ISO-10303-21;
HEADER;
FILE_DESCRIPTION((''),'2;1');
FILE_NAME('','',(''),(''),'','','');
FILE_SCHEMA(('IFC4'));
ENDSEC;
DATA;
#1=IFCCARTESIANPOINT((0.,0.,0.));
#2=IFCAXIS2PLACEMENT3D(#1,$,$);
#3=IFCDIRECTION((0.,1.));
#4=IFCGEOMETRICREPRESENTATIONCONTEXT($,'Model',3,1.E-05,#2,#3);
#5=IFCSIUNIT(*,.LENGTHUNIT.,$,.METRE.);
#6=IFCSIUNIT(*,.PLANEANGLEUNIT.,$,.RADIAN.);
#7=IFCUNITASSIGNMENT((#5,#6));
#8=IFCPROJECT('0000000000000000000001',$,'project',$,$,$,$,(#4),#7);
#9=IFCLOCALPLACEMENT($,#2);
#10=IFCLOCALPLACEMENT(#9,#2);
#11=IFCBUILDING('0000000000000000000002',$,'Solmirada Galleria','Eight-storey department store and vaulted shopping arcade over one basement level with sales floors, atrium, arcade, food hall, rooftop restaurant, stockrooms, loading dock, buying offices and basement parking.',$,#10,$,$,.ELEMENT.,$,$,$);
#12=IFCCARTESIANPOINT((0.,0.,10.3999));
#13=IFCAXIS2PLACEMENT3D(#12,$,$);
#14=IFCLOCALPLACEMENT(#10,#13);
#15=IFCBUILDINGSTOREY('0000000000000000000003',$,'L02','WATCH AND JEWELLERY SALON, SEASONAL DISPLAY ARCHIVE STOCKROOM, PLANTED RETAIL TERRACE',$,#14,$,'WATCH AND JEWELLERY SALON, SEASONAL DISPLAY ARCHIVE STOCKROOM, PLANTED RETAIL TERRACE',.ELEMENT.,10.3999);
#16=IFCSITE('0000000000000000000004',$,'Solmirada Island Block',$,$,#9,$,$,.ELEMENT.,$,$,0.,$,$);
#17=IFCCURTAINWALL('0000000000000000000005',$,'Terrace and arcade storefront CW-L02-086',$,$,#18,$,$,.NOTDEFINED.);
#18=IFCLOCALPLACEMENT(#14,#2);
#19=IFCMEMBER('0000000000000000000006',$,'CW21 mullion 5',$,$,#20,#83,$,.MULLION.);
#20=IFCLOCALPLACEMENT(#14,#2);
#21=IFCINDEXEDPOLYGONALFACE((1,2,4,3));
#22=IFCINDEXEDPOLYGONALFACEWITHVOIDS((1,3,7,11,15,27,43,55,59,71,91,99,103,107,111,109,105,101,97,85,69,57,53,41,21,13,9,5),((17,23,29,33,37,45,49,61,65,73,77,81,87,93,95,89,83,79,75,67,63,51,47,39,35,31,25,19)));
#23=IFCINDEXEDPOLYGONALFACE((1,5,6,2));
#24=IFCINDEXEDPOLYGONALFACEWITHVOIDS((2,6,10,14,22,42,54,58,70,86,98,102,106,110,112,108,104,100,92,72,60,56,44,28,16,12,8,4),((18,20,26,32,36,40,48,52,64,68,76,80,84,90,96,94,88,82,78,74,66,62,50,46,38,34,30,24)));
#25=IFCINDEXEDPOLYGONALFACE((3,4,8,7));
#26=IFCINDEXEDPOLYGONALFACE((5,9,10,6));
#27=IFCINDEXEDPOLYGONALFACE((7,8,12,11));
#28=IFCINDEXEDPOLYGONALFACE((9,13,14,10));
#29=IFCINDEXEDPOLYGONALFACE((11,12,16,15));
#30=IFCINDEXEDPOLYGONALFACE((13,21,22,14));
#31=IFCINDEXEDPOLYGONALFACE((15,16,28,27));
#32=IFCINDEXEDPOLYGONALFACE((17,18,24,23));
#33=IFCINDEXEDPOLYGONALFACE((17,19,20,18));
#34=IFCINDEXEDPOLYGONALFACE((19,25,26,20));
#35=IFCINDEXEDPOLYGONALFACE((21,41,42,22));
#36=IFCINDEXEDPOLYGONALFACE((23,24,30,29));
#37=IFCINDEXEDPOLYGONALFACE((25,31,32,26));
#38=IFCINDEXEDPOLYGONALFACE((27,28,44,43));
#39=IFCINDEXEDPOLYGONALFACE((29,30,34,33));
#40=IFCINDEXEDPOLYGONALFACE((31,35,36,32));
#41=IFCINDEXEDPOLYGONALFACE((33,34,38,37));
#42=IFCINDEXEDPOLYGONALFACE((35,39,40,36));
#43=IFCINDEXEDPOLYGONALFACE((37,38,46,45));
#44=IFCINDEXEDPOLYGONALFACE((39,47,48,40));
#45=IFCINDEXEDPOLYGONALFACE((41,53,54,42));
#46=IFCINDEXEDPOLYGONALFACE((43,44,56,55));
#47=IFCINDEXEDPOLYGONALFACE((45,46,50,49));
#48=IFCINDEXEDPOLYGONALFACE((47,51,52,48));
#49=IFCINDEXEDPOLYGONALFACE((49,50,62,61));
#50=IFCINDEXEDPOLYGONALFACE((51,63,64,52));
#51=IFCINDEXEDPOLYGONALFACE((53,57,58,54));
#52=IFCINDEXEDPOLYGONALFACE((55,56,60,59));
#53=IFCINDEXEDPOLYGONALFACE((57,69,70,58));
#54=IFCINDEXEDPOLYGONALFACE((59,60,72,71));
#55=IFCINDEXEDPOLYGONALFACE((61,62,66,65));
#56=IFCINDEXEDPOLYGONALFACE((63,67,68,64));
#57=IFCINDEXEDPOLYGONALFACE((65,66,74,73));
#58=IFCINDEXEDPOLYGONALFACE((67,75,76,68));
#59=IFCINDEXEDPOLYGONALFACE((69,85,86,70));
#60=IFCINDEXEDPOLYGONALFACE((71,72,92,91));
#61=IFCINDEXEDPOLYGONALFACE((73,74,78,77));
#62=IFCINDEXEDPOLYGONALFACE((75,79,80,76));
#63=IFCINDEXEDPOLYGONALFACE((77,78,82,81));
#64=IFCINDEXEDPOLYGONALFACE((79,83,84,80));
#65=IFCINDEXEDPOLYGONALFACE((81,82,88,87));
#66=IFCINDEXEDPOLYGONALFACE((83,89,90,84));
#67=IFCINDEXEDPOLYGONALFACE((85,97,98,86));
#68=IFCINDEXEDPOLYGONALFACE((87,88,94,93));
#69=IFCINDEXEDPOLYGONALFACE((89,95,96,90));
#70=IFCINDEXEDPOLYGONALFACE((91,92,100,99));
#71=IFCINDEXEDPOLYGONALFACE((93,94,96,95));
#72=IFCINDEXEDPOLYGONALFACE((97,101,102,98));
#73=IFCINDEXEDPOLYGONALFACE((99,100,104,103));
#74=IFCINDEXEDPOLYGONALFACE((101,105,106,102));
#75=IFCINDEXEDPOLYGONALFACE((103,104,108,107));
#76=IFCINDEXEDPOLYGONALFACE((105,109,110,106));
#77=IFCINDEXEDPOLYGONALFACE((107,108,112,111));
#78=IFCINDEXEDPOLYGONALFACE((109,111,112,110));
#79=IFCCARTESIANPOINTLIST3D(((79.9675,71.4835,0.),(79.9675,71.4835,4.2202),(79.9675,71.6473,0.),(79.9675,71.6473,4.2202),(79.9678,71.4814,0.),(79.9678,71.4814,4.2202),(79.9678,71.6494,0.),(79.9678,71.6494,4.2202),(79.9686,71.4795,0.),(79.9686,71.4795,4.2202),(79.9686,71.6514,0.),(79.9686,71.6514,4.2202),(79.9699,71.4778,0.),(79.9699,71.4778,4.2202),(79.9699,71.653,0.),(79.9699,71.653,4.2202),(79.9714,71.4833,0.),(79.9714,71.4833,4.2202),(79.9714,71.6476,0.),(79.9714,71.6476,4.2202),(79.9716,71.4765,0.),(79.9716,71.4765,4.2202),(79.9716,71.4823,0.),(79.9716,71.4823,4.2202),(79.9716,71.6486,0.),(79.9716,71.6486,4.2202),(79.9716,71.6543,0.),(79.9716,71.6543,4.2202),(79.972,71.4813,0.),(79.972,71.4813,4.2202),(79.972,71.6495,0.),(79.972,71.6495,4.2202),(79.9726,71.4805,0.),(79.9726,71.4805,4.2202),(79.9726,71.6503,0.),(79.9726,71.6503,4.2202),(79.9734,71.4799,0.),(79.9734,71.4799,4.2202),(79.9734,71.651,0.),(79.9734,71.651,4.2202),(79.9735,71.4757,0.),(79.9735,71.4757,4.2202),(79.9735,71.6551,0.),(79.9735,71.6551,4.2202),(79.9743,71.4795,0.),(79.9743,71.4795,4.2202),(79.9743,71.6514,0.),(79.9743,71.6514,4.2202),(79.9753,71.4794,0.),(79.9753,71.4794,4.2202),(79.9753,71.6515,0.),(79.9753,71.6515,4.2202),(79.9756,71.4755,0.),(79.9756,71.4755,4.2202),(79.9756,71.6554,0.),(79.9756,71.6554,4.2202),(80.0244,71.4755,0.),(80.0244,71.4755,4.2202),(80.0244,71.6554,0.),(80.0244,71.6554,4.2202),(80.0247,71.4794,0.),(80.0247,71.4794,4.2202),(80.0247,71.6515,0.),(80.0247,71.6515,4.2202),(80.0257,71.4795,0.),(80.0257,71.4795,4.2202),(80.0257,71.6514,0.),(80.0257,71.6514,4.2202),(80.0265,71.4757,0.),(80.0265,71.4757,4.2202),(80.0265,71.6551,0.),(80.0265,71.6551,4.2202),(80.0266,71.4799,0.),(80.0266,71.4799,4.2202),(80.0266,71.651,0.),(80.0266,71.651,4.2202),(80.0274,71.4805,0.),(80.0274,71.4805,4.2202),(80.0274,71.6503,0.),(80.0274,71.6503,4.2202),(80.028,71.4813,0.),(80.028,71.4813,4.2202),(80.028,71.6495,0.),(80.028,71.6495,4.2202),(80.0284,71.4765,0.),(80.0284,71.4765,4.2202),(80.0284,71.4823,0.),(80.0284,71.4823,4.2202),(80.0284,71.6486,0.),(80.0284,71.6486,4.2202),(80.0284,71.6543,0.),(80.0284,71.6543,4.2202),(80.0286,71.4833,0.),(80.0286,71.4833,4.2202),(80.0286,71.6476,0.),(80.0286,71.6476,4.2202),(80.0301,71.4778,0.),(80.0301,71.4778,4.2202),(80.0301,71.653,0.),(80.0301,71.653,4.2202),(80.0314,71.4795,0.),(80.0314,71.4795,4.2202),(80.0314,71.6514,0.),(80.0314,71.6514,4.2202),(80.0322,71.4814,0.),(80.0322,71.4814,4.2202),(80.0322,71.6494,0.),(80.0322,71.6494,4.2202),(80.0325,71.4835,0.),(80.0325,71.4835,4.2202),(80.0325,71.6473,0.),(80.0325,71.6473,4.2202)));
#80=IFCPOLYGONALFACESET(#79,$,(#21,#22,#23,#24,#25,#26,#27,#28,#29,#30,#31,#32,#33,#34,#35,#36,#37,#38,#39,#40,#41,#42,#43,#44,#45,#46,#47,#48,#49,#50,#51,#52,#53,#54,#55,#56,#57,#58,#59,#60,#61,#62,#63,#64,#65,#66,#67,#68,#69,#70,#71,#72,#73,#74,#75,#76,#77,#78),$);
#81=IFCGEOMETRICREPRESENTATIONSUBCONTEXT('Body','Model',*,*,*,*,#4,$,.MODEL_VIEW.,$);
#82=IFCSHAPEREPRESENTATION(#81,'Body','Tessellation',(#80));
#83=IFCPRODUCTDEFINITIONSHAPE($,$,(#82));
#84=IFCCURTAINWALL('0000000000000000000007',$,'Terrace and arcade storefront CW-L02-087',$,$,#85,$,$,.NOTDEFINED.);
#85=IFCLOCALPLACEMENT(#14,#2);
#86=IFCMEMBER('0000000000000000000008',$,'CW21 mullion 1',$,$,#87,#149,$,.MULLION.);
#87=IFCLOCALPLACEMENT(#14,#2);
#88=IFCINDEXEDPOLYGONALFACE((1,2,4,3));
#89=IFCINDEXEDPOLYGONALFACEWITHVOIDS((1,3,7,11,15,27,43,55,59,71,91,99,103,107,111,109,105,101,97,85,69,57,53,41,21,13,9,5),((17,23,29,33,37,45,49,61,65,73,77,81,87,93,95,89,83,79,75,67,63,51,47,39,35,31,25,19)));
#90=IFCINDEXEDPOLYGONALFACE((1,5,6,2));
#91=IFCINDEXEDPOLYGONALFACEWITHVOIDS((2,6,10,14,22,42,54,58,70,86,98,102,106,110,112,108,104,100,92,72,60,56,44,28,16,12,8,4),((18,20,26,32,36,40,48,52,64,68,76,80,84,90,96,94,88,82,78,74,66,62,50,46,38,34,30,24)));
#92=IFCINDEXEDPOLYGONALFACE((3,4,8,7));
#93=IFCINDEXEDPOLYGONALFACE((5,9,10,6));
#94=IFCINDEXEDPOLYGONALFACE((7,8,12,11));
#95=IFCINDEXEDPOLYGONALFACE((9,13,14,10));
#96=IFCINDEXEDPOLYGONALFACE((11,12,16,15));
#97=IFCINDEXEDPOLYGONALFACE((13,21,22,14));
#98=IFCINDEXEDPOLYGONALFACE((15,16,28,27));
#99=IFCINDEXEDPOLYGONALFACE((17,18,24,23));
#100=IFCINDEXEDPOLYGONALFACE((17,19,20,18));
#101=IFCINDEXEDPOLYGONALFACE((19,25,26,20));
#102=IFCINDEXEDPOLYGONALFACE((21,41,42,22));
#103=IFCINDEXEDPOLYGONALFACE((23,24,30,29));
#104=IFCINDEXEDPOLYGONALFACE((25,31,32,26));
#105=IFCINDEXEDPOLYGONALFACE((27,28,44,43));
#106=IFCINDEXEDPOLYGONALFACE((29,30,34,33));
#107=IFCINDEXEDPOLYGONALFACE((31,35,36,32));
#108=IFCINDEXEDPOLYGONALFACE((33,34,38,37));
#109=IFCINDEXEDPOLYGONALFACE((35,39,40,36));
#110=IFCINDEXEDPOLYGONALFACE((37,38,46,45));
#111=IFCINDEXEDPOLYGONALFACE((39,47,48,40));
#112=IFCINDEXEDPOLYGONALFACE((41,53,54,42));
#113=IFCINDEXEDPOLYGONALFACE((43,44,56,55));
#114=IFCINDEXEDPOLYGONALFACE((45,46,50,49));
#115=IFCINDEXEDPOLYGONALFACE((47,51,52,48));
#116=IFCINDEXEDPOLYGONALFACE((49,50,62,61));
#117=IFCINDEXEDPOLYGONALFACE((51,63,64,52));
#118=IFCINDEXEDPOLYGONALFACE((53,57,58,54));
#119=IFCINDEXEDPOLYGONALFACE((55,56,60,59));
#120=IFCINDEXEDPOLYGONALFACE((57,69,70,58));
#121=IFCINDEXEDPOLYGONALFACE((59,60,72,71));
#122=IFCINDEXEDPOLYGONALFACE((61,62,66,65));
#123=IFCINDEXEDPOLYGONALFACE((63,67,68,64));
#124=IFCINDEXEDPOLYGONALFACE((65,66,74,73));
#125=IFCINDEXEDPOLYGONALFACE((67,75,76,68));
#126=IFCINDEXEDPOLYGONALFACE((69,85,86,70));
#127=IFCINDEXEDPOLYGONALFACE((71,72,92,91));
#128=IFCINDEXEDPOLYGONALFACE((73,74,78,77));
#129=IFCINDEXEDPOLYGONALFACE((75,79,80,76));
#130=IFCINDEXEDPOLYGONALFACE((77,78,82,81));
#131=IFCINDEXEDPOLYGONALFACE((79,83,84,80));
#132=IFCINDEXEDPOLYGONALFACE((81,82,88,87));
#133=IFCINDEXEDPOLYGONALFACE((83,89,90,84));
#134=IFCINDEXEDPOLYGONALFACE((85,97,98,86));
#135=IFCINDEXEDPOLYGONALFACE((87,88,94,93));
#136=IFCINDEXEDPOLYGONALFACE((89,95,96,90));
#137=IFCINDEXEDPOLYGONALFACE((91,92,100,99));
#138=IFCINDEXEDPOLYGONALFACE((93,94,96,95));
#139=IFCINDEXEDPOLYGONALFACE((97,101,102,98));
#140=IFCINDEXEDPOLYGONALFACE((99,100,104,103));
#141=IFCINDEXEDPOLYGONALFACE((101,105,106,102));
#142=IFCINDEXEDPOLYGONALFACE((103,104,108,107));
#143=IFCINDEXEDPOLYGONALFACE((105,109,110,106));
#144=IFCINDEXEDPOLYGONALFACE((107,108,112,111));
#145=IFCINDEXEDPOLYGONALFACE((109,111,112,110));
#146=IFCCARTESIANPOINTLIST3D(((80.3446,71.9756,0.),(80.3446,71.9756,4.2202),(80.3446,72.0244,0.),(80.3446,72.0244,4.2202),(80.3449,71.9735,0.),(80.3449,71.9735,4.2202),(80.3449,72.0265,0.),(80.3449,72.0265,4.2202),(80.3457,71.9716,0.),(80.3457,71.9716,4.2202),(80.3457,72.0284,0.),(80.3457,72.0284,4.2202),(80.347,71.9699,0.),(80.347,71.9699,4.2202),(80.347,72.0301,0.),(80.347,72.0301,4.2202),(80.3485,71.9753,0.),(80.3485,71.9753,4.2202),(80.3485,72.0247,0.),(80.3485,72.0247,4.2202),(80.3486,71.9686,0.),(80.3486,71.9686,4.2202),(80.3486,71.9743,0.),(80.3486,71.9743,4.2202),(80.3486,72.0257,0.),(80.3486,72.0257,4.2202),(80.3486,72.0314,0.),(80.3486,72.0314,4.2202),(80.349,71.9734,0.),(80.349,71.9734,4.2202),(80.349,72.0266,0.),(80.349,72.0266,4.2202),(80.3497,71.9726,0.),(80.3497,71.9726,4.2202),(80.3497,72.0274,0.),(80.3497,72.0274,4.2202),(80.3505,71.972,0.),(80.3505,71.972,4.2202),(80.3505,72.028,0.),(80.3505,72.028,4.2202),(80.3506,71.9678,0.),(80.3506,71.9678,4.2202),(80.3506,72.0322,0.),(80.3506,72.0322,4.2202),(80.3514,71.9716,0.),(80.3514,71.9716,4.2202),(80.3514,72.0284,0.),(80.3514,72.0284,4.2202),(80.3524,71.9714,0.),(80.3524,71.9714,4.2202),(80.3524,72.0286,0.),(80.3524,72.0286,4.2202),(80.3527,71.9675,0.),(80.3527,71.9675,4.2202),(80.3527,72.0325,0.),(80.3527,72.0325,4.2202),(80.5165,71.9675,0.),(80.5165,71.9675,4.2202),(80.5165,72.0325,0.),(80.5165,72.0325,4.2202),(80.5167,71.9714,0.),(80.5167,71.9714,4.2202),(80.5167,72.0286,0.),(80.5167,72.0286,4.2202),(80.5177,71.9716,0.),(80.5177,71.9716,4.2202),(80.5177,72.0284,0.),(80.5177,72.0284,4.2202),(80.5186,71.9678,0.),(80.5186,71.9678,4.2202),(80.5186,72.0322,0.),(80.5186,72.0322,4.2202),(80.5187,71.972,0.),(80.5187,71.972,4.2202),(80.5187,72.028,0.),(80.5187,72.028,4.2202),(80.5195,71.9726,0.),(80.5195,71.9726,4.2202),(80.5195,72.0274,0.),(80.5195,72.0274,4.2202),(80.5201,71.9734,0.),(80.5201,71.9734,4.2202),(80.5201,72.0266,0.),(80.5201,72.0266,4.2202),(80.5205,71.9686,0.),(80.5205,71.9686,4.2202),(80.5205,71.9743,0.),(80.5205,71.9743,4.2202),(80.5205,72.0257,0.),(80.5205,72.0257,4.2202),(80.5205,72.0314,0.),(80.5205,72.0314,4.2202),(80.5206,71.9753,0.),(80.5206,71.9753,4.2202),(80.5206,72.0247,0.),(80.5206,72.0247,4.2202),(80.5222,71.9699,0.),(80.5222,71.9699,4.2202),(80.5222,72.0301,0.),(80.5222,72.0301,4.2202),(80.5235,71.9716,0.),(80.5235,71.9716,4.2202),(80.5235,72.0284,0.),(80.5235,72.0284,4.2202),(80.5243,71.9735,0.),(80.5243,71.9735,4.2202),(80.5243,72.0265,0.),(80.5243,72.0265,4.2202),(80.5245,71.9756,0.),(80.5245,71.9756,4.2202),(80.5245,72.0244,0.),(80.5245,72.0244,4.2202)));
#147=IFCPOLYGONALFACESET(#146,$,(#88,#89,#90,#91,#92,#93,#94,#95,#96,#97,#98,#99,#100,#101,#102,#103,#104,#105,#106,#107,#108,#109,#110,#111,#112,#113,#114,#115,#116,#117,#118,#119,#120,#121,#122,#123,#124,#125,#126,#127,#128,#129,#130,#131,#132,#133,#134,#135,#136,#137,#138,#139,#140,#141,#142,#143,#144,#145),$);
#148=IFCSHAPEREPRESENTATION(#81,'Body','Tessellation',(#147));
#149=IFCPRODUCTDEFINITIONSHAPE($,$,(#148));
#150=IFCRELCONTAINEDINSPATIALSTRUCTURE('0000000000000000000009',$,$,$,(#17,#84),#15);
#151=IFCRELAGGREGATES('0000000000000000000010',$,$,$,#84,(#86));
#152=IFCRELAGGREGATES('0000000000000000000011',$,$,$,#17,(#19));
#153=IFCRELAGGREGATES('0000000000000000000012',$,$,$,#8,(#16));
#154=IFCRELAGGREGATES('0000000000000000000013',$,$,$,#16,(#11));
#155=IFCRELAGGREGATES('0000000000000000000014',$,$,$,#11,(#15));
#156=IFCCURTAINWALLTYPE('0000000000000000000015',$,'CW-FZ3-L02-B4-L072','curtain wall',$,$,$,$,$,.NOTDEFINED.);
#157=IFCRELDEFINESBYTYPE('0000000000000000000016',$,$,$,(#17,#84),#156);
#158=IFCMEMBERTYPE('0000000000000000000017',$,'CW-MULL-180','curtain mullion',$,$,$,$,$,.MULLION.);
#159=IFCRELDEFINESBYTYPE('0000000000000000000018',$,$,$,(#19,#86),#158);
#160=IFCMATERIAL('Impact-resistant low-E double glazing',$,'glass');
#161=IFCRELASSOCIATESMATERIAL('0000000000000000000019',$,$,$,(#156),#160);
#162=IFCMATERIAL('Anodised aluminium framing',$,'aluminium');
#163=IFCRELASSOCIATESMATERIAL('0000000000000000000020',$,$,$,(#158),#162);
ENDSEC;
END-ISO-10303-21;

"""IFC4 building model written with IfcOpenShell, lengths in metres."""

from ifc_helpers import new_model, si_unit, direction, frame, origin, origin_2d, place, context, subcontext, project, spatial, hollow_rectangle, extrude, material, material_profile, profile_set, type_object, element, aggregate, save


model = new_model("IFC4")

# Units and contexts
model_context = context("Model", 3, precision=1e-05, world=origin(), true_north=direction((0.0, 1.0)))
body_context = subcontext(model_context, "Body", "Model", "MODEL_VIEW")
ifc_project = project(units=[si_unit("LENGTHUNIT", "METRE"), si_unit("PLANEANGLEUNIT", "RADIAN")], contexts=[model_context])

# Site, building, storey
site_placement = place(None, origin())
site = spatial("IfcSite", under=ifc_project, at=site_placement, Name="Solmirada Island Block", CompositionType="ELEMENT", RefElevation=0.0)
building_placement = place(site_placement, origin())
building = spatial("IfcBuilding", under=site, at=building_placement, Name="Solmirada Galleria", Description="Eight-storey department store and vaulted shopping arcade over one basement level with sales floors, atrium, arcade, food hall, rooftop restaurant, stockrooms, loading dock, buying offices and basement parking.", CompositionType="ELEMENT")
storey_placement = place(building_placement, frame((0.0, 0.0, 10.3999)))
storey = spatial("IfcBuildingStorey", under=building, at=storey_placement, Name="L02", Description="WATCH AND JEWELLERY SALON, SEASONAL DISPLAY ARCHIVE STOCKROOM, PLANTED RETAIL TERRACE", LongName="WATCH AND JEWELLERY SALON, SEASONAL DISPLAY ARCHIVE STOCKROOM, PLANTED RETAIL TERRACE", CompositionType="ELEMENT", Elevation=10.3999)

# Curtain wall, member
ifc_material_1 = material(Name="Impact-resistant low-E double glazing", Category="glass")
curtain_wall_type = type_object("IfcCurtainWallType", Name="CW-FZ3-L02-B4-L072", Description="curtain wall", PredefinedType="NOTDEFINED", material=ifc_material_1)
curtain_wall_1_placement = place(storey_placement, origin())
curtain_wall_1 = element("IfcCurtainWall", 1, at=curtain_wall_1_placement, inside=storey, type_object=curtain_wall_type, Name="Terrace and arcade storefront CW-L02-086", PredefinedType="NOTDEFINED")
ifc_material_2 = material(Name="Anodised aluminium framing", Category="aluminium")
ifc_material_profile_1 = material_profile(ifc_material_2, hollow_rectangle(XDim=0.0649, YDim=0.1799, WallThickness=0.0039, InnerFilletRadius=0.0039, OuterFilletRadius=0.0081, at=origin_2d()), Name="ALU-MULL-180X65")
ifc_profile_set_1 = profile_set([ifc_material_profile_1], Name="Anodised aluminium framing")
member_type_1 = type_object("IfcMemberType", Name="CW-MULL-180", Description="curtain mullion", PredefinedType="MULLION", material=ifc_profile_set_1)
member_1_placement = place(storey_placement, frame((80.0, 71.5654, 0.0), z_axis=(0.0, 0.0, 1.0), x_axis=(-1.0, 0.0, 0.0)))
member_1 = element("IfcMember", 2, at=member_1_placement, type_object=member_type_1, Name="CW21 mullion 5", PredefinedType="MULLION", context=body_context, shape_type="SweptSolid", body=[
    extrude(hollow_rectangle(XDim=0.0649, YDim=0.1799, WallThickness=0.0039, InnerFilletRadius=0.0039, OuterFilletRadius=0.0081, at=origin_2d()), origin(), (0.0, 0.0, 1.0), 4.2202),
])

# Curtain wall, member
curtain_wall_2_placement = place(storey_placement, origin())
curtain_wall_2 = element("IfcCurtainWall", 3, at=curtain_wall_2_placement, inside=storey, type_object=curtain_wall_type, Name="Terrace and arcade storefront CW-L02-087", PredefinedType="NOTDEFINED")
member_2_placement = place(storey_placement, frame((80.4346, 72.0, 0.0), z_axis=(0.0, 0.0, 1.0), x_axis=(0.0, 1.0, 0.0)))
member_2 = element("IfcMember", 4, at=member_2_placement, type_object=member_type_1, Name="CW21 mullion 1", PredefinedType="MULLION", context=body_context, shape_type="SweptSolid", body=[
    extrude(hollow_rectangle(XDim=0.0649, YDim=0.1799, WallThickness=0.0039, InnerFilletRadius=0.0039, OuterFilletRadius=0.0081, at=origin_2d()), origin(), (0.0, 0.0, 1.0), 4.2202),
])
aggregate(curtain_wall_2, [member_2])

aggregate(curtain_wall_1, [member_1])

save(model, "model.ifc")
